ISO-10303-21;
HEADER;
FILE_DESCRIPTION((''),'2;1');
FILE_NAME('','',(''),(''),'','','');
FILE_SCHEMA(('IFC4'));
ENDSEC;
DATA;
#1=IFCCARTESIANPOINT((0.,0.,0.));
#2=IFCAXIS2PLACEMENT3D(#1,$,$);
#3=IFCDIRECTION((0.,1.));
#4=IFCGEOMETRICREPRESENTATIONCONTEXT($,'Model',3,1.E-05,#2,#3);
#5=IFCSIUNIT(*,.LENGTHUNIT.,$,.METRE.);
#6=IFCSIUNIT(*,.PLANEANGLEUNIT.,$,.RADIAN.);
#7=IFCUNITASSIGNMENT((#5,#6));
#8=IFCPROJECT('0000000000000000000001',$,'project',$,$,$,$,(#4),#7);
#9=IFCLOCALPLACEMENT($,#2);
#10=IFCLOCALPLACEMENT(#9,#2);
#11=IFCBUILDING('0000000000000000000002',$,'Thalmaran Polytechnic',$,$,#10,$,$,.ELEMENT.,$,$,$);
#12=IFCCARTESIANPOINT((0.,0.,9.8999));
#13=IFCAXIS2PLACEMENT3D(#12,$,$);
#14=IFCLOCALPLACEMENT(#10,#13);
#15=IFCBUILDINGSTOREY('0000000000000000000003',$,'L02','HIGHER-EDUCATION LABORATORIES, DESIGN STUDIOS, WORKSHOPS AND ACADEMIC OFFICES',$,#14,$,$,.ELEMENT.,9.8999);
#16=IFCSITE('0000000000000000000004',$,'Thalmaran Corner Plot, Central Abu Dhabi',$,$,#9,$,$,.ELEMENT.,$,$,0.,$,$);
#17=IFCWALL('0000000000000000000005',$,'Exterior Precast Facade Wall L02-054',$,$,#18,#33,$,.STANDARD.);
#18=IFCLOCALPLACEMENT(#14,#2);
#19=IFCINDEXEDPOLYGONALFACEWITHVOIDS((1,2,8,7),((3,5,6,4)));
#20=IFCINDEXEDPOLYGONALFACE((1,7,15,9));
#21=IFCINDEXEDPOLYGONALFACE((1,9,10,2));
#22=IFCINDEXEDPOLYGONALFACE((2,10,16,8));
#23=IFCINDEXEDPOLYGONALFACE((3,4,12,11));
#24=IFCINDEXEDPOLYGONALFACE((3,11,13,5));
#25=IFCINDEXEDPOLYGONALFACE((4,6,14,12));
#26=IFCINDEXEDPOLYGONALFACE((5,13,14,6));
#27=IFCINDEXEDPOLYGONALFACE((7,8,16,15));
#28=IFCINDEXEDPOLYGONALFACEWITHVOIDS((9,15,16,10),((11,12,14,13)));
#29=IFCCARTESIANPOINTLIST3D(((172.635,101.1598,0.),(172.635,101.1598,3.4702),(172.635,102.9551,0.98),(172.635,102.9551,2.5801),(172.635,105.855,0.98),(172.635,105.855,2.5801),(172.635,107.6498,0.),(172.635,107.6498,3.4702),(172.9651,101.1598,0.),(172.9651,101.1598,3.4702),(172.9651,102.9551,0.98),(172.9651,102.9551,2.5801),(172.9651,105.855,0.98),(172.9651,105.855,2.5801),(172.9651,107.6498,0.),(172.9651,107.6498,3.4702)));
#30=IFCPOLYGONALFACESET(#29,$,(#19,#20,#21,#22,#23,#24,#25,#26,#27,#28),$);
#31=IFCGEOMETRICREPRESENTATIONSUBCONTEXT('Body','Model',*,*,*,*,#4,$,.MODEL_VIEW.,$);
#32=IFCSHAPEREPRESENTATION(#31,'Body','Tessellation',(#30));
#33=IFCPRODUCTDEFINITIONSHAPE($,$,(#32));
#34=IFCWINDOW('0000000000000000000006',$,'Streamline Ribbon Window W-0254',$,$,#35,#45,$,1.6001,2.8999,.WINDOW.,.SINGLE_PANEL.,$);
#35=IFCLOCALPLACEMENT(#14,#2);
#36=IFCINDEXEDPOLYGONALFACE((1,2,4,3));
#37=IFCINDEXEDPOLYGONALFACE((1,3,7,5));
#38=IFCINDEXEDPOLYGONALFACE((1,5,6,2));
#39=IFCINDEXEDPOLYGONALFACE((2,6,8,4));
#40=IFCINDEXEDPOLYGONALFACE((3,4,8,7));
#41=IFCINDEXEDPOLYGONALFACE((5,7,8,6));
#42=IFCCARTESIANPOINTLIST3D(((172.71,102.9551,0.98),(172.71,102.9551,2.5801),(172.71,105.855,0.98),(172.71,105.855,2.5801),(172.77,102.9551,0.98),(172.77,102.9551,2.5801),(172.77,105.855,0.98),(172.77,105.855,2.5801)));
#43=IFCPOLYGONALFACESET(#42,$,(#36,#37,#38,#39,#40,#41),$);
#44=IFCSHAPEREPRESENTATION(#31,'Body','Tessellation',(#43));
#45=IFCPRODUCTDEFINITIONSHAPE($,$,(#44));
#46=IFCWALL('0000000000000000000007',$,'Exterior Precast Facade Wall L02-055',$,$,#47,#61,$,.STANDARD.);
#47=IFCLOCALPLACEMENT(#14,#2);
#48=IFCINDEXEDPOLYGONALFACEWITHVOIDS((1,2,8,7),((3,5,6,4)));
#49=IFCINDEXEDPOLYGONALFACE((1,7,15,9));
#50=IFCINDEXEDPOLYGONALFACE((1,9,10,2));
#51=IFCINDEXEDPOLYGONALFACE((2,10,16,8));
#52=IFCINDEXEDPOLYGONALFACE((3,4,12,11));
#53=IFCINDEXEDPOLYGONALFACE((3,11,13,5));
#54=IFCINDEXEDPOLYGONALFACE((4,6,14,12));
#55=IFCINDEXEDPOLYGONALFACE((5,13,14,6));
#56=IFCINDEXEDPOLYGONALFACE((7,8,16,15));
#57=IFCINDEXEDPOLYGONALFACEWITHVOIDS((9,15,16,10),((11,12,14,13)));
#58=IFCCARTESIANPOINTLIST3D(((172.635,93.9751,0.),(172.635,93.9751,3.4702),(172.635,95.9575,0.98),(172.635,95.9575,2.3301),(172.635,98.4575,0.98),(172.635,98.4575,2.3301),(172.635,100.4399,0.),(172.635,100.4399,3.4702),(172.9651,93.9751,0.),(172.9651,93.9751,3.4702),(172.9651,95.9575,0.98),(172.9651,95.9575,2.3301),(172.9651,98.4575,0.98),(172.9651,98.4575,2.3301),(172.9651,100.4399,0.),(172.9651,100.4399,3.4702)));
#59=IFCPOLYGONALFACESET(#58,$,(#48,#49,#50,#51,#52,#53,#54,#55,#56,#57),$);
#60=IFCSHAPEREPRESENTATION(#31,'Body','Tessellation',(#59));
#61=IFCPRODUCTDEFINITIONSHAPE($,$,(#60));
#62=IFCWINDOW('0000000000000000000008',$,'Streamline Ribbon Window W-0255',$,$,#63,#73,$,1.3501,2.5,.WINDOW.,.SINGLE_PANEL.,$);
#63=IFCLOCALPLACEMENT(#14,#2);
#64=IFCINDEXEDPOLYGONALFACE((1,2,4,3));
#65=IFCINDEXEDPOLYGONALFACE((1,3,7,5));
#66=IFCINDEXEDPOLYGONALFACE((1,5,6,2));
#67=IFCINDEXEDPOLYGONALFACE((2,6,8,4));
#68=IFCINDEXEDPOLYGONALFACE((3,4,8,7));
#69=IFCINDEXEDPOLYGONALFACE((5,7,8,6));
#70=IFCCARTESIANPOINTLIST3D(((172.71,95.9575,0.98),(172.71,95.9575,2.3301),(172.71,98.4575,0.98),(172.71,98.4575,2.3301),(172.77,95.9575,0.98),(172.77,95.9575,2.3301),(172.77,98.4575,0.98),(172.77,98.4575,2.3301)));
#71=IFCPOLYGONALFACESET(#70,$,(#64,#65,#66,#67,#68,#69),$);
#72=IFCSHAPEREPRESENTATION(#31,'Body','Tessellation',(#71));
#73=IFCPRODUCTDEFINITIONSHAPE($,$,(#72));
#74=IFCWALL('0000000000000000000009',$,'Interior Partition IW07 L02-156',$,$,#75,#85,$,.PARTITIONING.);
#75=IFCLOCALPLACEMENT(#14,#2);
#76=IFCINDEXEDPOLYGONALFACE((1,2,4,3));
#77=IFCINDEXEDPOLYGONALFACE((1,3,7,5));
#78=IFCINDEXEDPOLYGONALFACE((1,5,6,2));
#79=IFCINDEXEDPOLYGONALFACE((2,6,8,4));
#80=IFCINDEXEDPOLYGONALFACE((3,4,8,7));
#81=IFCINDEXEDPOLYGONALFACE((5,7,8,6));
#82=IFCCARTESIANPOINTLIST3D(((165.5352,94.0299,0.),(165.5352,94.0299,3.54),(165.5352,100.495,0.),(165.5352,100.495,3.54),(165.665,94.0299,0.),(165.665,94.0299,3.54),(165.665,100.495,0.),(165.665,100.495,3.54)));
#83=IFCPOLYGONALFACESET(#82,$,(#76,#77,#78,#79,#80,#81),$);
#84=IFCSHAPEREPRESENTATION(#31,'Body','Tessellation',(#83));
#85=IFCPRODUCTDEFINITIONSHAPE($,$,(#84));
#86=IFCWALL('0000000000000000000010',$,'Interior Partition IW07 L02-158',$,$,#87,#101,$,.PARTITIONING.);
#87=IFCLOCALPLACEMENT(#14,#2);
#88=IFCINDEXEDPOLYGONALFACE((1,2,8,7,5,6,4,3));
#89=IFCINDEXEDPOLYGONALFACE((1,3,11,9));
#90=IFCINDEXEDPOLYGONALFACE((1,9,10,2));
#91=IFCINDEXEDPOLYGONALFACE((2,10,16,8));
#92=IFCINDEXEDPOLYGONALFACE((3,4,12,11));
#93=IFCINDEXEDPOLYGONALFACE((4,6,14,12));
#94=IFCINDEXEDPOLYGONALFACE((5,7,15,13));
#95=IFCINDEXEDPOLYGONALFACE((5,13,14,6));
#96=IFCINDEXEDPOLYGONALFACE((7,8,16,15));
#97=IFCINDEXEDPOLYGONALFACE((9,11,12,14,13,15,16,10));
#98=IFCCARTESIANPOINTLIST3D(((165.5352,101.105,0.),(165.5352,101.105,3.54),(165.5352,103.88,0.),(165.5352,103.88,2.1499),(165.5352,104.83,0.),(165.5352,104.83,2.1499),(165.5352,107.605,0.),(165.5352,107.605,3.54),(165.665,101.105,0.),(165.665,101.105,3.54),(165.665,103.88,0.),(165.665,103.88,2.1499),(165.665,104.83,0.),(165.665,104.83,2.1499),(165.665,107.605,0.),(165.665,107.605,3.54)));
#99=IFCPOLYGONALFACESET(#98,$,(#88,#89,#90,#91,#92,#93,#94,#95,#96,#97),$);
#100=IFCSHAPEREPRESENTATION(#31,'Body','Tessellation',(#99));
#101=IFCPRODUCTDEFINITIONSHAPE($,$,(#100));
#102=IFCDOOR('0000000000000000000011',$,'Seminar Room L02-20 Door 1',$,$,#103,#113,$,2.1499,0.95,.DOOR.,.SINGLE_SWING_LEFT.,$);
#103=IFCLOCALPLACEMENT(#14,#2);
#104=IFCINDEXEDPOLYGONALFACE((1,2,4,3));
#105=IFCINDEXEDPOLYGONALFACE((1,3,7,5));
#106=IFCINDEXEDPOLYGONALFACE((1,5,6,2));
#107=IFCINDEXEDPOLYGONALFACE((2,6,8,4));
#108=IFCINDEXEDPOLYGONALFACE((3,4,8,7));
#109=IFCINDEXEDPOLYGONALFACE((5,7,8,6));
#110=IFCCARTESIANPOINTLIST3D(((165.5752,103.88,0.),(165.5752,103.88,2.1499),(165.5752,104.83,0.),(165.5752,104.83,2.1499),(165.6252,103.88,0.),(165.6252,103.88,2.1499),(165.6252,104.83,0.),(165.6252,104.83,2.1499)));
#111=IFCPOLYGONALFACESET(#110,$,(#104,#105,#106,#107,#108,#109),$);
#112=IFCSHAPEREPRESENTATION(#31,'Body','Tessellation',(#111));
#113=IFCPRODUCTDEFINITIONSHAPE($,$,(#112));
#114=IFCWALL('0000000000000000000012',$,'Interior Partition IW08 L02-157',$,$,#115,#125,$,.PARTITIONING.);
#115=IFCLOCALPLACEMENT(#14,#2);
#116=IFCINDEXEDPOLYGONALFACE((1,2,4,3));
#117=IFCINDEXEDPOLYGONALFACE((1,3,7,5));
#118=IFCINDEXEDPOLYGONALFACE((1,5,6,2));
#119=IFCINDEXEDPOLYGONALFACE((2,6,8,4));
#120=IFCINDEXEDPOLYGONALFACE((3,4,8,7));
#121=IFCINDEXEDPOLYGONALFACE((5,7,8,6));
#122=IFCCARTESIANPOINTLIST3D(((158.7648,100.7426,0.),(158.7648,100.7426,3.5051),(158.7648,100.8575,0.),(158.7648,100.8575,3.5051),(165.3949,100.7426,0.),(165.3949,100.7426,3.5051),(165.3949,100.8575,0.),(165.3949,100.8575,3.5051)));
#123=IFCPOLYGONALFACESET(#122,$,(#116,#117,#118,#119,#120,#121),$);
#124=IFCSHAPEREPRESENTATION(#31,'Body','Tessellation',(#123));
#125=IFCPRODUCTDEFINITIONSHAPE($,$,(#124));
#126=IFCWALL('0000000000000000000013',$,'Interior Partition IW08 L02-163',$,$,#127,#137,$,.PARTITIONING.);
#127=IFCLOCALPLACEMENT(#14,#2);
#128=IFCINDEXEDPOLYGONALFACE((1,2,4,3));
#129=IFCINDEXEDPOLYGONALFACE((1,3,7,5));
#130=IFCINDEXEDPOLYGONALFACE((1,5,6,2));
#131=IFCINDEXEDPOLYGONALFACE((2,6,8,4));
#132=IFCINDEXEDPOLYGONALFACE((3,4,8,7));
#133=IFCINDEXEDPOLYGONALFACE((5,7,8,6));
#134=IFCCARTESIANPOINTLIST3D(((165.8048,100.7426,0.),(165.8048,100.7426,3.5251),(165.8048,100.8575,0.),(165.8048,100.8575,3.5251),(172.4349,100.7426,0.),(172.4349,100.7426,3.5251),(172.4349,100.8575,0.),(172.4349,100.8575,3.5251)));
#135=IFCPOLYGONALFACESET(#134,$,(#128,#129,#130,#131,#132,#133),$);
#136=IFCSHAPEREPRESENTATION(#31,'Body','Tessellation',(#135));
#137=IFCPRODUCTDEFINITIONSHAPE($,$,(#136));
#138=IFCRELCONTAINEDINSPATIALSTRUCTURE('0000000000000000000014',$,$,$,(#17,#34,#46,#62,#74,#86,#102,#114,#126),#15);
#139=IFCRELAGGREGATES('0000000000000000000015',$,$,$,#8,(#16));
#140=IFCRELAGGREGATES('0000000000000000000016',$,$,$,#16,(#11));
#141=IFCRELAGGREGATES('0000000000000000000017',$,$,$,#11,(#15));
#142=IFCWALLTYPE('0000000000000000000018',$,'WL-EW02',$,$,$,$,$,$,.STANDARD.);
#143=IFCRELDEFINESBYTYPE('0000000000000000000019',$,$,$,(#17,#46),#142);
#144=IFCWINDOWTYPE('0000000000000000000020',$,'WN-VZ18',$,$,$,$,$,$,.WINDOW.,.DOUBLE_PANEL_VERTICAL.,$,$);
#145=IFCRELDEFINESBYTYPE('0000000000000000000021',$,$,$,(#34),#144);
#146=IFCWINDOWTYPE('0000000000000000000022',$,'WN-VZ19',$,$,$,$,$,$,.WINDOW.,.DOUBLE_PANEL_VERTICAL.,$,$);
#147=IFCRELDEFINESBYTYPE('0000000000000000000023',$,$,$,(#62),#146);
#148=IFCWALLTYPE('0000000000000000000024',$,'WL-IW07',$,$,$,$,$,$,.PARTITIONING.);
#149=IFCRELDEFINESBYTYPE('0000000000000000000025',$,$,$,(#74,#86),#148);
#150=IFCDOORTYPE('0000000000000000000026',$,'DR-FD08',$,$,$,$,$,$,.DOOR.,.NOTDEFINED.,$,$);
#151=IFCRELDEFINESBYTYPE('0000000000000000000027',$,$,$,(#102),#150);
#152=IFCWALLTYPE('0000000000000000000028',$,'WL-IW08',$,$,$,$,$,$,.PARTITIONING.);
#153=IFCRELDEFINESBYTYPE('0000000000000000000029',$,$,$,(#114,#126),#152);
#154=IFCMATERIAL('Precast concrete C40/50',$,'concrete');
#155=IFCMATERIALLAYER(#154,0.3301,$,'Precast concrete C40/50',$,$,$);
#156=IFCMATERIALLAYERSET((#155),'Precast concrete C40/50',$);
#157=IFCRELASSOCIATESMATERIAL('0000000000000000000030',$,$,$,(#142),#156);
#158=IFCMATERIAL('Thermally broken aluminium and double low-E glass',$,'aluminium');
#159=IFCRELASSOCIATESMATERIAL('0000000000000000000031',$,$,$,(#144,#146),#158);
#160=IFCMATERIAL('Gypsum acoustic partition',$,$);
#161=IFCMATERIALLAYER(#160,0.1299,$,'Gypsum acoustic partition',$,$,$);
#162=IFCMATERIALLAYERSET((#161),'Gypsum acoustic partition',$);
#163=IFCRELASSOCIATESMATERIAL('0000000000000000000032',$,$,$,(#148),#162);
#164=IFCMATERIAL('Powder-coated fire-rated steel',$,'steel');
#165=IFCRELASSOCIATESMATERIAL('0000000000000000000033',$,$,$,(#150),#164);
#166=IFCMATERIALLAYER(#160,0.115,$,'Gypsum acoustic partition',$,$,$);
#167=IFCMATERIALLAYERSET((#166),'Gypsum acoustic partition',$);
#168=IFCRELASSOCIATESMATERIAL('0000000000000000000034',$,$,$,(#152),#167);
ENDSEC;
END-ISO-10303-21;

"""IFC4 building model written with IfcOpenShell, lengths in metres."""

from ifc_helpers import new_model, si_unit, direction, frame, frame_2d, origin, place, context, subcontext, project, spatial, rectangle, extrude, material, layer, layer_set, type_object, element, fill, save


model = new_model("IFC4")

# Units and contexts
model_context = context("Model", 3, precision=1e-05, world=origin(), true_north=direction((0.0, 1.0)))
body_context = subcontext(model_context, "Body", "Model", "MODEL_VIEW")
ifc_project = project(units=[si_unit("LENGTHUNIT", "METRE"), si_unit("PLANEANGLEUNIT", "RADIAN")], contexts=[model_context])

# Site, building, storey
site_placement = place(None, origin())
site = spatial("IfcSite", under=ifc_project, at=site_placement, Name="Thalmaran Corner Plot, Central Abu Dhabi", CompositionType="ELEMENT", RefElevation=0.0)
building_placement = place(site_placement, origin())
building = spatial("IfcBuilding", under=site, at=building_placement, Name="Thalmaran Polytechnic", CompositionType="ELEMENT")
storey_placement = place(building_placement, frame((0.0, 0.0, 9.8999)))
storey = spatial("IfcBuildingStorey", under=building, at=storey_placement, Name="L02", Description="HIGHER-EDUCATION LABORATORIES, DESIGN STUDIOS, WORKSHOPS AND ACADEMIC OFFICES", CompositionType="ELEMENT", Elevation=9.8999)

# Walls, openings, windows
ifc_material_1 = material(Name="Precast concrete C40/50", Category="concrete")
ifc_layer_1 = layer(ifc_material_1, 0.3301, Name="Precast concrete C40/50")
ifc_layer_set_1 = layer_set([ifc_layer_1], Name="Precast concrete C40/50")
wall_type_1 = type_object("IfcWallType", Name="WL-EW02", PredefinedType="STANDARD", material=ifc_layer_set_1)
wall_1_placement = place(storey_placement, frame((172.8, 107.6499, 0.0), z_axis=(0.0, 0.0, 1.0), x_axis=(0.0, -1.0, 0.0)))
wall_1 = element("IfcWall", 1, at=wall_1_placement, inside=storey, type_object=wall_type_1, Name="Exterior Precast Facade Wall L02-054", PredefinedType="STANDARD", context=body_context, shape_type="SweptSolid", body=[
    extrude(rectangle(XDim=6.49, YDim=0.3301, at=frame_2d((3.2451, 0.0))), origin(), (0.0, 0.0, 1.0), 3.4702),
])
opening_1_placement = place(wall_1_placement, frame((1.7949, 0.0, 0.98)))
opening_1 = element("IfcOpeningElement", 2, at=opening_1_placement, cuts=wall_1, PredefinedType="OPENING", context=body_context, shape_type="SweptSolid", body=[
    extrude(rectangle(XDim=2.8999, YDim=1.6001, at=frame_2d((1.45, 0.8))), frame((0.0, 0.175, 0.0), z_axis=(0.0, -1.0, 0.0), x_axis=(1.0, 0.0, 0.0)), (0.0, 0.0, 1.0), 0.3501),
])
ifc_material_2 = material(Name="Thermally broken aluminium and double low-E glass", Category="aluminium")
window_type_1 = type_object("IfcWindowType", Name="WN-VZ18", PartitioningType="DOUBLE_PANEL_VERTICAL", PredefinedType="WINDOW", material=ifc_material_2)
window_1_placement = place(opening_1_placement, origin())
window_1 = element("IfcWindow", 3, at=window_1_placement, inside=storey, type_object=window_type_1, Name="Streamline Ribbon Window W-0254", OverallHeight=1.6001, OverallWidth=2.8999, PartitioningType="SINGLE_PANEL", PredefinedType="WINDOW", context=body_context, shape_type="SweptSolid", body=[
    extrude(rectangle(XDim=2.8999, YDim=1.6001, at=frame_2d((1.45, 0.8))), frame((0.0, -0.03, 0.0), z_axis=(0.0, -1.0, 0.0), x_axis=(1.0, 0.0, 0.0)), (0.0, 0.0, 1.0), 0.0601),
])
fill(opening_1, window_1)
wall_2_placement = place(storey_placement, frame((172.8, 100.4399, 0.0), z_axis=(0.0, 0.0, 1.0), x_axis=(0.0, -1.0, 0.0)))
wall_2 = element("IfcWall", 4, at=wall_2_placement, inside=storey, type_object=wall_type_1, Name="Exterior Precast Facade Wall L02-055", PredefinedType="STANDARD", context=body_context, shape_type="SweptSolid", body=[
    extrude(rectangle(XDim=6.4648, YDim=0.3301, at=frame_2d((3.2324, 0.0))), origin(), (0.0, 0.0, 1.0), 3.4702),
])
opening_2_placement = place(wall_2_placement, frame((1.9824, 0.0, 0.98)))
opening_2 = element("IfcOpeningElement", 5, at=opening_2_placement, cuts=wall_2, PredefinedType="OPENING", context=body_context, shape_type="SweptSolid", body=[
    extrude(rectangle(XDim=2.5, YDim=1.3501, at=frame_2d((1.25, 0.675))), frame((0.0, 0.175, 0.0), z_axis=(0.0, -1.0, 0.0), x_axis=(1.0, 0.0, 0.0)), (0.0, 0.0, 1.0), 0.3501),
])
window_type_2 = type_object("IfcWindowType", Name="WN-VZ19", PartitioningType="DOUBLE_PANEL_VERTICAL", PredefinedType="WINDOW", material=ifc_material_2)
window_2_placement = place(opening_2_placement, origin())
window_2 = element("IfcWindow", 6, at=window_2_placement, inside=storey, type_object=window_type_2, Name="Streamline Ribbon Window W-0255", OverallHeight=1.3501, OverallWidth=2.5, PartitioningType="SINGLE_PANEL", PredefinedType="WINDOW", context=body_context, shape_type="SweptSolid", body=[
    extrude(rectangle(XDim=2.5, YDim=1.3501, at=frame_2d((1.25, 0.675))), frame((0.0, -0.03, 0.0), z_axis=(0.0, -1.0, 0.0), x_axis=(1.0, 0.0, 0.0)), (0.0, 0.0, 1.0), 0.0601),
])
fill(opening_2, window_2)

# Wall
ifc_material_3 = material(Name="Gypsum acoustic partition")
ifc_layer_2 = layer(ifc_material_3, 0.1299, Name="Gypsum acoustic partition")
ifc_layer_set_2 = layer_set([ifc_layer_2], Name="Gypsum acoustic partition")
wall_type_2 = type_object("IfcWallType", Name="WL-IW07", PredefinedType="PARTITIONING", material=ifc_layer_set_2)
wall_3_placement = place(storey_placement, frame((165.6001, 94.03, 0.0), z_axis=(0.0, 0.0, 1.0), x_axis=(0.0, 1.0, 0.0)))
element("IfcWall", 7, at=wall_3_placement, inside=storey, type_object=wall_type_2, Name="Interior Partition IW07 L02-156", PredefinedType="PARTITIONING", context=body_context, shape_type="SweptSolid", body=[
    extrude(rectangle(XDim=6.4651, YDim=0.1299, at=frame_2d((3.2324, 0.0))), origin(), (0.0, 0.0, 1.0), 3.54),
])

# Wall, opening, door
wall_4_placement = place(storey_placement, frame((165.6001, 101.105, 0.0), z_axis=(0.0, 0.0, 1.0), x_axis=(0.0, 1.0, 0.0)))
wall_4 = element("IfcWall", 8, at=wall_4_placement, inside=storey, type_object=wall_type_2, Name="Interior Partition IW07 L02-158", PredefinedType="PARTITIONING", context=body_context, shape_type="SweptSolid", body=[
    extrude(rectangle(XDim=6.5, YDim=0.1299, at=frame_2d((3.25, 0.0))), origin(), (0.0, 0.0, 1.0), 3.54),
])
opening_3_placement = place(wall_4_placement, frame((2.7749, 0.0, 0.0)))
opening_3 = element("IfcOpeningElement", 9, at=opening_3_placement, cuts=wall_4, PredefinedType="OPENING", context=body_context, shape_type="SweptSolid", body=[
    extrude(rectangle(XDim=0.95, YDim=2.1499, at=frame_2d((0.4751, 1.075))), frame((0.0, 0.075, 0.0), z_axis=(0.0, -1.0, 0.0), x_axis=(1.0, 0.0, 0.0)), (0.0, 0.0, 1.0), 0.1499),
])
ifc_material_4 = material(Name="Powder-coated fire-rated steel", Category="steel")
door_type = type_object("IfcDoorType", Name="DR-FD08", OperationType="NOTDEFINED", PredefinedType="DOOR", material=ifc_material_4)
door_placement = place(opening_3_placement, origin())
door = element("IfcDoor", 10, at=door_placement, inside=storey, type_object=door_type, Name="Seminar Room L02-20 Door 1", OperationType="SINGLE_SWING_LEFT", OverallHeight=2.1499, OverallWidth=0.95, PredefinedType="DOOR", context=body_context, shape_type="SweptSolid", body=[
    extrude(rectangle(XDim=0.95, YDim=2.1499, at=frame_2d((0.4751, 1.075))), frame((0.0, 0.0249, 0.0), z_axis=(0.0, -1.0, 0.0), x_axis=(1.0, 0.0, 0.0)), (0.0, 0.0, 1.0), 0.05),
])
fill(opening_3, door)

# Walls
ifc_layer_3 = layer(ifc_material_3, 0.115, Name="Gypsum acoustic partition")
ifc_layer_set_3 = layer_set([ifc_layer_3], Name="Gypsum acoustic partition")
wall_type_3 = type_object("IfcWallType", Name="WL-IW08", PredefinedType="PARTITIONING", material=ifc_layer_set_3)
wall_5_placement = place(storey_placement, frame((158.7649, 100.8, 0.0), z_axis=(0.0, 0.0, 1.0), x_axis=(1.0, 0.0, 0.0)))
element("IfcWall", 11, at=wall_5_placement, inside=storey, type_object=wall_type_3, Name="Interior Partition IW08 L02-157", PredefinedType="PARTITIONING", context=body_context, shape_type="SweptSolid", body=[
    extrude(rectangle(XDim=6.6301, YDim=0.115, at=frame_2d((3.3149, 0.0))), origin(), (0.0, 0.0, 1.0), 3.5051),
])
wall_6_placement = place(storey_placement, frame((165.8049, 100.8, 0.0), z_axis=(0.0, 0.0, 1.0), x_axis=(1.0, 0.0, 0.0)))
element("IfcWall", 12, at=wall_6_placement, inside=storey, type_object=wall_type_3, Name="Interior Partition IW08 L02-163", PredefinedType="PARTITIONING", context=body_context, shape_type="SweptSolid", body=[
    extrude(rectangle(XDim=6.6301, YDim=0.115, at=frame_2d((3.3149, 0.0))), origin(), (0.0, 0.0, 1.0), 3.5251),
])

save(model, "model.ifc")
